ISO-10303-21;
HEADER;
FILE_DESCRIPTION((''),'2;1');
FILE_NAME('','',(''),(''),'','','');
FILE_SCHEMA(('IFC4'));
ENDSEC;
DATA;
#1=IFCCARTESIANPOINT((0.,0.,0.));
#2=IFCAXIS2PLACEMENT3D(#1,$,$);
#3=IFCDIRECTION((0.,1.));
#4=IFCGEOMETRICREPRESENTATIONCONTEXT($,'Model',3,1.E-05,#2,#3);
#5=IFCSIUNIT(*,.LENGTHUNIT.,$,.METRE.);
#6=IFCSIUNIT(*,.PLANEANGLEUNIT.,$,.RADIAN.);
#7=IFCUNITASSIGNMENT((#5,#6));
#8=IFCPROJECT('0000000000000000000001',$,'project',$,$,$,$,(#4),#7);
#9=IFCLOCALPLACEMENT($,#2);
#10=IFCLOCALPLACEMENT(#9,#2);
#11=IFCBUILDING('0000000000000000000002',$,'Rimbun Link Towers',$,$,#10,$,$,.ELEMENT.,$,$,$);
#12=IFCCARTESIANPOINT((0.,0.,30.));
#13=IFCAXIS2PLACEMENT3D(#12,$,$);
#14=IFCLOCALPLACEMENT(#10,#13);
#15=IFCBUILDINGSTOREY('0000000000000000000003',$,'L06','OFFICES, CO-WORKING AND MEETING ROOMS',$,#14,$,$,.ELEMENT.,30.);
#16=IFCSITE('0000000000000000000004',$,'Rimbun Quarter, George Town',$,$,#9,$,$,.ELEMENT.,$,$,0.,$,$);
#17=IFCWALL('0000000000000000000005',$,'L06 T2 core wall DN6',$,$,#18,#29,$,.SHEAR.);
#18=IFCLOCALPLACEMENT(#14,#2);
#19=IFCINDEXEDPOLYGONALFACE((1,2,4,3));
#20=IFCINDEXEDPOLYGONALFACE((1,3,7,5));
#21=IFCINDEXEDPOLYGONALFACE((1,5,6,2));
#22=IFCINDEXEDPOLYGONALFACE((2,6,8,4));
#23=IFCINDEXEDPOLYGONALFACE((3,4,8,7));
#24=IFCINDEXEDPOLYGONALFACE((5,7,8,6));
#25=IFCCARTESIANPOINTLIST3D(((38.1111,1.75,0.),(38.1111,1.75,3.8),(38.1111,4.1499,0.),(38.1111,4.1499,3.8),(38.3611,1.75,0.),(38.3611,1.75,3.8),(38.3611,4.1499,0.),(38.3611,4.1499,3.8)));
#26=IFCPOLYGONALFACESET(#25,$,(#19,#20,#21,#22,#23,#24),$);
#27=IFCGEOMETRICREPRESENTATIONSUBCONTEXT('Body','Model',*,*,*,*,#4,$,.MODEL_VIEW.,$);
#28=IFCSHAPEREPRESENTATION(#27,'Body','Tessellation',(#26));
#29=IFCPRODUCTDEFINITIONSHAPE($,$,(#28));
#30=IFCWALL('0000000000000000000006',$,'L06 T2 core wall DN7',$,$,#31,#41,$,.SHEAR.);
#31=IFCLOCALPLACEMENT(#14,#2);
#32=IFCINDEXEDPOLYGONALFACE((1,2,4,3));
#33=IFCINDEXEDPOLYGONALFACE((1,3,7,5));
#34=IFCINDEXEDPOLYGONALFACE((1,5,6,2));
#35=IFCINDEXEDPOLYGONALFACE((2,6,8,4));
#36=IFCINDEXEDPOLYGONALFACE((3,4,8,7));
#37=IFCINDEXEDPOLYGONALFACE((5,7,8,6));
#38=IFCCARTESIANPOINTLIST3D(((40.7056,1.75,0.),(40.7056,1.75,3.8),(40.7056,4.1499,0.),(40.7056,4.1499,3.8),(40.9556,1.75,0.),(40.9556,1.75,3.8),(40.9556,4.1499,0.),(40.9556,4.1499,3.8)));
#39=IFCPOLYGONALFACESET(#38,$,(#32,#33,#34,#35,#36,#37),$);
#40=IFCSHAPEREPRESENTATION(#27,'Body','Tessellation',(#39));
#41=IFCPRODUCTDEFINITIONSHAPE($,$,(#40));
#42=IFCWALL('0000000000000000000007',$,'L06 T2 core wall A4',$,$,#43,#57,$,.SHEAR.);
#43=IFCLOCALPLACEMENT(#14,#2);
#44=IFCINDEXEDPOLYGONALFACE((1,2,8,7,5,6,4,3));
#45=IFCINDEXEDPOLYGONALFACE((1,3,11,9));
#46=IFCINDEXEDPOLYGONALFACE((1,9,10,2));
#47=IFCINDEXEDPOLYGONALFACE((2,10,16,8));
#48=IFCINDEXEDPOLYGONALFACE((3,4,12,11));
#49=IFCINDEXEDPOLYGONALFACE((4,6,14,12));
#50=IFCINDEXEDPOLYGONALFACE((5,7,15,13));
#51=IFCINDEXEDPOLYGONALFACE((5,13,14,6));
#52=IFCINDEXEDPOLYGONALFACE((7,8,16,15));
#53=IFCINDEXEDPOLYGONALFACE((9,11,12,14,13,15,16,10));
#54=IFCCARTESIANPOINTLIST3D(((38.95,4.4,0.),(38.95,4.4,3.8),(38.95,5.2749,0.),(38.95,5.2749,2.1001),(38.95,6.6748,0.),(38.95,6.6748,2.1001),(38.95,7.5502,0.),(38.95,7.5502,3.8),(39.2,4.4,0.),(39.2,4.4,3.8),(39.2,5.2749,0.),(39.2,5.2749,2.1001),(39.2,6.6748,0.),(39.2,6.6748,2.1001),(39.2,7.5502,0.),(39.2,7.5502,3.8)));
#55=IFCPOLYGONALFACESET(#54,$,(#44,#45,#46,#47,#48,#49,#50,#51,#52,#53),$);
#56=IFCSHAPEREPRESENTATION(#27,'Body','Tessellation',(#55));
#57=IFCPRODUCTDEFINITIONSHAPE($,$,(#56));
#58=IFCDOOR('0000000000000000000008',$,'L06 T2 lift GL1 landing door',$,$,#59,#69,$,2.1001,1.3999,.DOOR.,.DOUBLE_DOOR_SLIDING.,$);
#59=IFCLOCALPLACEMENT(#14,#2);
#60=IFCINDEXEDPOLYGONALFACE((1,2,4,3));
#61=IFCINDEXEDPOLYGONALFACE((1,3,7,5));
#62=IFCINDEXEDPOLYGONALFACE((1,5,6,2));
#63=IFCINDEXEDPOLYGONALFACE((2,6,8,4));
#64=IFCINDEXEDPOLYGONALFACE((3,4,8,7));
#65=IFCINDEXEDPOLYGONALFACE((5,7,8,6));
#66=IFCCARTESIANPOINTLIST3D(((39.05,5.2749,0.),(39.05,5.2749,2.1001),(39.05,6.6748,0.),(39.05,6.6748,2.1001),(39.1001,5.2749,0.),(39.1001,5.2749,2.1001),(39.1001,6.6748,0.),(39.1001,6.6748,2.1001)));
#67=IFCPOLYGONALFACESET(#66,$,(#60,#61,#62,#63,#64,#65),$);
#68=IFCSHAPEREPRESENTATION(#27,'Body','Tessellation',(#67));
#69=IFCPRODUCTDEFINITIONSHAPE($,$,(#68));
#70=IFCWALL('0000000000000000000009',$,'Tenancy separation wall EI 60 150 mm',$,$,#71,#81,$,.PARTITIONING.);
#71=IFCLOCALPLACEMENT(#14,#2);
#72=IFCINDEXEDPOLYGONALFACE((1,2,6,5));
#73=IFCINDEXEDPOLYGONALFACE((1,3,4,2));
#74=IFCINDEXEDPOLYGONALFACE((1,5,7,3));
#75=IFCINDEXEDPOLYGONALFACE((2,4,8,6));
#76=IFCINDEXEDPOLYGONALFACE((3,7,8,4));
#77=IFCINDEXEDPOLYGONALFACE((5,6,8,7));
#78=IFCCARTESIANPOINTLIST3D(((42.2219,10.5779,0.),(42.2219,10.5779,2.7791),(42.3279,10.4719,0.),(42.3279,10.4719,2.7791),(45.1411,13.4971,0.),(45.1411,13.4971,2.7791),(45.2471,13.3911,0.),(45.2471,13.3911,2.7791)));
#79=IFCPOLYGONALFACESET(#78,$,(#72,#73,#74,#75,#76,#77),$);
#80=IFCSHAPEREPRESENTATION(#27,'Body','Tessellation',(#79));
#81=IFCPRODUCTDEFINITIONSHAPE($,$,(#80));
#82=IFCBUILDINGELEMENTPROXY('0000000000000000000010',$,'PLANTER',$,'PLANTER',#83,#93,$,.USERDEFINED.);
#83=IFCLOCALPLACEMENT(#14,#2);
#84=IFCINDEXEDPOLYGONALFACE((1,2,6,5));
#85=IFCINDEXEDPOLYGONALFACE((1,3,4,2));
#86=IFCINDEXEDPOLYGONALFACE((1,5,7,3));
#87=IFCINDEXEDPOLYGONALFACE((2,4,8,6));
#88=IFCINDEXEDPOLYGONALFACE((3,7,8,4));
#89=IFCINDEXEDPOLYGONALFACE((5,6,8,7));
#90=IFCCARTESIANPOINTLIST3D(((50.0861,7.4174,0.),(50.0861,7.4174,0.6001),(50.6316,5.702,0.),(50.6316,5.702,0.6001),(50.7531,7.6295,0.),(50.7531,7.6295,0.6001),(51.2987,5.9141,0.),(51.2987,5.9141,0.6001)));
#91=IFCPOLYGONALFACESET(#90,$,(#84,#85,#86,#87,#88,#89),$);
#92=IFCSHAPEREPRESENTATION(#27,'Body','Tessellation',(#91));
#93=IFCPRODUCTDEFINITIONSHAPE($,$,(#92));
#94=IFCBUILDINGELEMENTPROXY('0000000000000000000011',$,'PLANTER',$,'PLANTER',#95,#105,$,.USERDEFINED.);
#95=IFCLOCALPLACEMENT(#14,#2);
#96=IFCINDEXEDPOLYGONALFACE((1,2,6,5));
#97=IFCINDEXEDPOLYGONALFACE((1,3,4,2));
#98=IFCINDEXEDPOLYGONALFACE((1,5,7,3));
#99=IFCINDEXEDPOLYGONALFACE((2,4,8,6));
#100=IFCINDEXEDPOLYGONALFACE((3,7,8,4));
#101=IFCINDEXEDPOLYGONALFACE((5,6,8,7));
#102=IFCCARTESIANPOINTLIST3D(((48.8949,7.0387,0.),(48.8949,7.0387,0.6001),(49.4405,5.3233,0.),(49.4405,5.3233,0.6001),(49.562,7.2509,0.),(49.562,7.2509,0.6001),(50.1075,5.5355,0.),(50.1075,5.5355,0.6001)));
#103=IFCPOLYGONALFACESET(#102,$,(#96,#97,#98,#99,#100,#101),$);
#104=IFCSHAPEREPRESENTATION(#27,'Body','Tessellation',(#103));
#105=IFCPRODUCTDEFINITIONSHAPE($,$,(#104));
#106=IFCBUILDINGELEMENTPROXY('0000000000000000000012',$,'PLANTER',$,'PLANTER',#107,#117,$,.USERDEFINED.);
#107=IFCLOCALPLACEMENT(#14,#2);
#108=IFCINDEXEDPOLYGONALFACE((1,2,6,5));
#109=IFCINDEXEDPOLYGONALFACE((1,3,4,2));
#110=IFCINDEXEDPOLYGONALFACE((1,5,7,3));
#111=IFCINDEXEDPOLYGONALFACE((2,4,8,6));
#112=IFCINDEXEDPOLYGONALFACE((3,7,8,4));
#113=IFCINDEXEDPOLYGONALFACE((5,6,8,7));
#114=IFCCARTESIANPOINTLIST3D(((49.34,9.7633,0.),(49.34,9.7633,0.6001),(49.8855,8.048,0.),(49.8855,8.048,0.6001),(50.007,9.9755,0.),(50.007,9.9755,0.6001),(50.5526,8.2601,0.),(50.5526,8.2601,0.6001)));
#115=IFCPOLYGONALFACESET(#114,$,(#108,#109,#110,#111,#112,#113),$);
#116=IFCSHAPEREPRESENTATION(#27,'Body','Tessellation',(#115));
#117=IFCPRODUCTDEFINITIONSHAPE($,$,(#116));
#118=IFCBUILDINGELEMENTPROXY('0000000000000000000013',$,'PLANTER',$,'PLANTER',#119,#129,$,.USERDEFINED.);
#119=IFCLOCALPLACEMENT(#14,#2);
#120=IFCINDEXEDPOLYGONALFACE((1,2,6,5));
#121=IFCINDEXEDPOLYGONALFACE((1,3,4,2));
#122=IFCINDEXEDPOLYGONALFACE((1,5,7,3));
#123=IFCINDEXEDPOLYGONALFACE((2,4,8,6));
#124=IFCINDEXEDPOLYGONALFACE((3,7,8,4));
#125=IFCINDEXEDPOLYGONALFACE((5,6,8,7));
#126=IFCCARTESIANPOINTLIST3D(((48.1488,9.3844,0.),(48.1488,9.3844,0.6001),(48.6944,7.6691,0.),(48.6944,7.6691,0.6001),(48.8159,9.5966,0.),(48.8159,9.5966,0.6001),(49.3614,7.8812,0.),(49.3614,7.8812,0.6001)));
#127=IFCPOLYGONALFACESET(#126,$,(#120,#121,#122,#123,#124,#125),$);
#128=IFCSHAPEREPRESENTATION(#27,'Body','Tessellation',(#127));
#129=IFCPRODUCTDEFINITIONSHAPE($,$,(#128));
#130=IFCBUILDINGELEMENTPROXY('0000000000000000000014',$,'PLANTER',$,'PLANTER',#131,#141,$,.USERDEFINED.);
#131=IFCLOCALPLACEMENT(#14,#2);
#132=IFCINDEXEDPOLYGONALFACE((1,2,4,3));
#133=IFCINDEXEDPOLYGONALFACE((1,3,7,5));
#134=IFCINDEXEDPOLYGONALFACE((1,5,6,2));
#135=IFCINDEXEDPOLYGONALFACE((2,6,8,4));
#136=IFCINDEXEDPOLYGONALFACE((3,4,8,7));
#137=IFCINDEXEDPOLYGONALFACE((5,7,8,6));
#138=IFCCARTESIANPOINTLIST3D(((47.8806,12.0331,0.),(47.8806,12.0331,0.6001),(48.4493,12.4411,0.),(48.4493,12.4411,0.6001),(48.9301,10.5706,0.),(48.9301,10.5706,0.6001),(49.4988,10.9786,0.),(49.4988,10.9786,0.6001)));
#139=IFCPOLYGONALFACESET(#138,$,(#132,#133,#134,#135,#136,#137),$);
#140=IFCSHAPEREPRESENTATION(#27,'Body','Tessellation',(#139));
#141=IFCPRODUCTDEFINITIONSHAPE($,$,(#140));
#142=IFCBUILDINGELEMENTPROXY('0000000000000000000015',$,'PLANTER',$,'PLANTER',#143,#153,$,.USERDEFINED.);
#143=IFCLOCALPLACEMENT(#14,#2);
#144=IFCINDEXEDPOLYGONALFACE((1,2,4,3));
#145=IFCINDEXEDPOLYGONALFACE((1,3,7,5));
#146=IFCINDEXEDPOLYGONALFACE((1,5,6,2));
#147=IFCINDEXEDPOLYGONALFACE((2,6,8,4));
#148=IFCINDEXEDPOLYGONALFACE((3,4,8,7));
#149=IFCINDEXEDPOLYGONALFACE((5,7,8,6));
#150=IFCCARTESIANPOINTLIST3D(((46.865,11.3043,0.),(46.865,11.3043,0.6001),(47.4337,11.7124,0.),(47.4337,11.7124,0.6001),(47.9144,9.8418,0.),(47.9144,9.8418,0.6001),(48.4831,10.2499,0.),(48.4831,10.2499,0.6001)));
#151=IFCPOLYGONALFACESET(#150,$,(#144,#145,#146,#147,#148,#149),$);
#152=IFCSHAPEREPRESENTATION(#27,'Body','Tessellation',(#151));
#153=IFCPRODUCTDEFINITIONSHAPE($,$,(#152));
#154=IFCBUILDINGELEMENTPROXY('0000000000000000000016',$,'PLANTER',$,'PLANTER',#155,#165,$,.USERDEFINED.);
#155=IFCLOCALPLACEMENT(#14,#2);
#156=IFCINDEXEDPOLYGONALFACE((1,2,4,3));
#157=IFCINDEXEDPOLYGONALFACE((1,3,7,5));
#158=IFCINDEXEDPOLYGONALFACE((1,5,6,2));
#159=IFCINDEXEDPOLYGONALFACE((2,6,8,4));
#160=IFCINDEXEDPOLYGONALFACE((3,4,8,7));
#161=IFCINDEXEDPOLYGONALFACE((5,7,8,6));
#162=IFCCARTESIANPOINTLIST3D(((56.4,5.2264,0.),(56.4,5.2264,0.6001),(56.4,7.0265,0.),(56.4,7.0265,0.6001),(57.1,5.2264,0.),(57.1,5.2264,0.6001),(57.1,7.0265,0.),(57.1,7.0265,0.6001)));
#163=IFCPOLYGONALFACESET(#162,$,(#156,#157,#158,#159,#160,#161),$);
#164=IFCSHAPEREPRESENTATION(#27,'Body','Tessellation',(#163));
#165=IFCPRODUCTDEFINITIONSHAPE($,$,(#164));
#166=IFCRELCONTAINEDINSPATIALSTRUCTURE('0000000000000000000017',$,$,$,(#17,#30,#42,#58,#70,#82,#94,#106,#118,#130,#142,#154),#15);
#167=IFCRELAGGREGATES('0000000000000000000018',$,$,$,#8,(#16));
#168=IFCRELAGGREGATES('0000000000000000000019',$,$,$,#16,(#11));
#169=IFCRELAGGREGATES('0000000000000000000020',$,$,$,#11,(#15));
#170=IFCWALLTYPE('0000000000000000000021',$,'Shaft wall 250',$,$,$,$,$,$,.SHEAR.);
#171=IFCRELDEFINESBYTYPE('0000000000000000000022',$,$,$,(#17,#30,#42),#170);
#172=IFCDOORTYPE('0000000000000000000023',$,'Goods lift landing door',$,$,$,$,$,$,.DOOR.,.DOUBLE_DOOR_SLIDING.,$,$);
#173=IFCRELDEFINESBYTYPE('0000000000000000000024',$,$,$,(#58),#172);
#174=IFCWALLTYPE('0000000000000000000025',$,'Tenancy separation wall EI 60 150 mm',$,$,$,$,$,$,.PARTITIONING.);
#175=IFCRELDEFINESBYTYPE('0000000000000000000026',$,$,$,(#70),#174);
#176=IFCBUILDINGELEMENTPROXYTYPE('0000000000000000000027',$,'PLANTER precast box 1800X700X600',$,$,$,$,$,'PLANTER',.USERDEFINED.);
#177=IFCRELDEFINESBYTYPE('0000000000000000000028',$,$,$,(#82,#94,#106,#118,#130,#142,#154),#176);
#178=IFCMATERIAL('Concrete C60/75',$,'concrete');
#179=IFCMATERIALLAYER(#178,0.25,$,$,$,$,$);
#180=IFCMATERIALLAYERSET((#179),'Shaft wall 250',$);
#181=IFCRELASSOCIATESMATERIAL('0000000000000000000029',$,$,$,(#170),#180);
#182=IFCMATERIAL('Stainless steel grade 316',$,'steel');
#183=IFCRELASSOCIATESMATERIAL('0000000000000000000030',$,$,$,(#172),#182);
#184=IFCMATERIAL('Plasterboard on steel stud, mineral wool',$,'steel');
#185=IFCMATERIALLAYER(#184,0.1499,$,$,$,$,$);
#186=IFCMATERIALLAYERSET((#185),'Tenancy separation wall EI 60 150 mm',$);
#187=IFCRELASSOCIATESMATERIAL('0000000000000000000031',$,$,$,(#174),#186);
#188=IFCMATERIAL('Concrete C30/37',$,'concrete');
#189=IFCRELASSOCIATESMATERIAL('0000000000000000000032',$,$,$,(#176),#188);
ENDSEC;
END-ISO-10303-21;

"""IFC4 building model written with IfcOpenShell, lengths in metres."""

from ifc_helpers import new_model, si_unit, direction, frame, frame_2d, origin, origin_2d, place, context, subcontext, project, spatial, rectangle, extrude, material, layer, layer_set, type_object, element, fill, save


model = new_model("IFC4")

# Units and contexts
model_context = context("Model", 3, precision=1e-05, world=origin(), true_north=direction((0.0, 1.0)))
body_context = subcontext(model_context, "Body", "Model", "MODEL_VIEW")
ifc_project = project(units=[si_unit("LENGTHUNIT", "METRE"), si_unit("PLANEANGLEUNIT", "RADIAN")], contexts=[model_context])

# Site, building, storey
site_placement = place(None, origin())
site = spatial("IfcSite", under=ifc_project, at=site_placement, Name="Rimbun Quarter, George Town", CompositionType="ELEMENT", RefElevation=0.0)
building_placement = place(site_placement, origin())
building = spatial("IfcBuilding", under=site, at=building_placement, Name="Rimbun Link Towers", CompositionType="ELEMENT")
storey_placement = place(building_placement, frame((0.0, 0.0, 30.0)))
storey = spatial("IfcBuildingStorey", under=building, at=storey_placement, Name="L06", Description="OFFICES, CO-WORKING AND MEETING ROOMS", CompositionType="ELEMENT", Elevation=30.0)

# Walls
ifc_material_1 = material(Name="Concrete C60/75", Category="concrete")
ifc_layer_1 = layer(ifc_material_1, 0.25)
ifc_layer_set_1 = layer_set([ifc_layer_1], Name="Shaft wall 250")
wall_type_1 = type_object("IfcWallType", Name="Shaft wall 250", PredefinedType="SHEAR", material=ifc_layer_set_1)
for number, where, z_axis, x_axis, name in (
    (1, (38.2361, 1.75, 0.0), (0.0, 0.0, 1.0), (0.0, 1.0, 0.0), "L06 T2 core wall DN6"),
    (2, (40.8306, 1.75, 0.0), (0.0, 0.0, 1.0), (0.0, 1.0, 0.0), "L06 T2 core wall DN7"),
):
    element("IfcWall", number, at=place(storey_placement, frame(where, z_axis=z_axis, x_axis=x_axis)), inside=storey, type_object=wall_type_1, Name=name, PredefinedType="SHEAR", context=body_context, shape_type="SweptSolid", body=[
        extrude(rectangle(XDim=2.3999, YDim=0.25, at=frame_2d((1.2, 0.0))), origin(), (0.0, 0.0, 1.0), 3.8),
    ])

# Wall, opening, door
wall_1_placement = place(storey_placement, frame((39.075, 4.3999, 0.0), z_axis=(0.0, 0.0, 1.0), x_axis=(0.0, 1.0, 0.0)))
wall_1 = element("IfcWall", 3, at=wall_1_placement, inside=storey, type_object=wall_type_1, Name="L06 T2 core wall A4", PredefinedType="SHEAR", context=body_context, shape_type="SweptSolid", body=[
    extrude(rectangle(XDim=3.1501, YDim=0.25, at=frame_2d((1.5752, 0.0))), origin(), (0.0, 0.0, 1.0), 3.8),
])
opening_1_placement = place(wall_1_placement, frame((0.875, 0.0, 0.0)))
opening_1 = element("IfcOpeningElement", 4, at=opening_1_placement, cuts=wall_1, PredefinedType="OPENING", context=body_context, shape_type="SweptSolid", body=[
    extrude(rectangle(XDim=1.3999, YDim=2.1001, at=frame_2d((0.7, 1.05))), frame((0.0, 0.135, 0.0), z_axis=(0.0, -1.0, 0.0), x_axis=(1.0, 0.0, 0.0)), (0.0, 0.0, 1.0), 0.27),
])
ifc_material_2 = material(Name="Stainless steel grade 316", Category="steel")
door_type_1 = type_object("IfcDoorType", Name="Goods lift landing door", OperationType="DOUBLE_DOOR_SLIDING", PredefinedType="DOOR", material=ifc_material_2)
door_1_placement = place(opening_1_placement, origin())
door_1 = element("IfcDoor", 5, at=door_1_placement, inside=storey, type_object=door_type_1, Name="L06 T2 lift GL1 landing door", OperationType="DOUBLE_DOOR_SLIDING", OverallHeight=2.1001, OverallWidth=1.3999, PredefinedType="DOOR", context=body_context, shape_type="SweptSolid", body=[
    extrude(rectangle(XDim=1.3999, YDim=2.1001, at=frame_2d((0.7, 1.05))), frame((0.0, 0.0249, 0.0), z_axis=(0.0, -1.0, 0.0), x_axis=(1.0, 0.0, 0.0)), (0.0, 0.0, 1.0), 0.05),
])
fill(opening_1, door_1)

# Wall
ifc_material_3 = material(Name="Plasterboard on steel stud, mineral wool", Category="steel")
ifc_layer_2 = layer(ifc_material_3, 0.1499)
ifc_layer_set_2 = layer_set([ifc_layer_2], Name="Tenancy separation wall EI 60 150 mm")
wall_type_2 = type_object("IfcWallType", Name="Tenancy separation wall EI 60 150 mm", PredefinedType="PARTITIONING", material=ifc_layer_set_2)
wall_2_placement = place(storey_placement, frame((42.2749, 10.5249, 0.0), z_axis=(0.0, 0.0, 1.0), x_axis=(0.707107, 0.707107, 0.0)))
element("IfcWall", 6, at=wall_2_placement, inside=storey, type_object=wall_type_2, Name="Tenancy separation wall EI 60 150 mm", PredefinedType="PARTITIONING", context=body_context, shape_type="SweptSolid", body=[
    extrude(rectangle(XDim=4.1284, YDim=0.1499, at=frame_2d((2.0642, 0.0))), origin(), (0.0, 0.0, 1.0), 2.7791),
])

# Building element proxies
ifc_material_4 = material(Name="Concrete C30/37", Category="concrete")
building_element_proxy_type = type_object("IfcBuildingElementProxyType", Name="PLANTER precast box 1800X700X600", ElementType="PLANTER", PredefinedType="USERDEFINED", material=ifc_material_4)
for number, where, z_axis, x_axis, name in (
    (7, (50.6924, 6.6658, 0.0), (0.0, 0.0, 1.0), (-0.303074, 0.952967, 0.0), "PLANTER"),
    (8, (49.5012, 6.2871, 0.0), (0.0, 0.0, 1.0), (-0.303074, 0.952967, 0.0), "PLANTER"),
    (9, (49.9463, 9.0117, 0.0), (0.0, 0.0, 1.0), (-0.303074, 0.952967, 0.0), "PLANTER"),
    (10, (48.7551, 8.6328, 0.0), (0.0, 0.0, 1.0), (-0.303074, 0.952967, 0.0), "PLANTER"),
    (11, (48.6897, 11.5059, 0.0), (0.0, 0.0, 1.0), (-0.582998, 0.812474, 0.0), "PLANTER"),
    (12, (47.6741, 10.7771, 0.0), (0.0, 0.0, 1.0), (-0.582998, 0.812474, 0.0), "PLANTER"),
    (13, (56.75, 6.1265, 0.0), (0.0, 0.0, 1.0), (0.0, 1.0, 0.0), "PLANTER"),
):
    element("IfcBuildingElementProxy", number, at=place(storey_placement, frame(where, z_axis=z_axis, x_axis=x_axis)), inside=storey, type_object=building_element_proxy_type, Name=name, ObjectType="PLANTER", PredefinedType="USERDEFINED", context=body_context, shape_type="SweptSolid", body=[
        extrude(rectangle(XDim=1.8, YDim=0.7, at=origin_2d()), origin(), (0.0, 0.0, 1.0), 0.6001),
    ])

save(model, "model.ifc")
